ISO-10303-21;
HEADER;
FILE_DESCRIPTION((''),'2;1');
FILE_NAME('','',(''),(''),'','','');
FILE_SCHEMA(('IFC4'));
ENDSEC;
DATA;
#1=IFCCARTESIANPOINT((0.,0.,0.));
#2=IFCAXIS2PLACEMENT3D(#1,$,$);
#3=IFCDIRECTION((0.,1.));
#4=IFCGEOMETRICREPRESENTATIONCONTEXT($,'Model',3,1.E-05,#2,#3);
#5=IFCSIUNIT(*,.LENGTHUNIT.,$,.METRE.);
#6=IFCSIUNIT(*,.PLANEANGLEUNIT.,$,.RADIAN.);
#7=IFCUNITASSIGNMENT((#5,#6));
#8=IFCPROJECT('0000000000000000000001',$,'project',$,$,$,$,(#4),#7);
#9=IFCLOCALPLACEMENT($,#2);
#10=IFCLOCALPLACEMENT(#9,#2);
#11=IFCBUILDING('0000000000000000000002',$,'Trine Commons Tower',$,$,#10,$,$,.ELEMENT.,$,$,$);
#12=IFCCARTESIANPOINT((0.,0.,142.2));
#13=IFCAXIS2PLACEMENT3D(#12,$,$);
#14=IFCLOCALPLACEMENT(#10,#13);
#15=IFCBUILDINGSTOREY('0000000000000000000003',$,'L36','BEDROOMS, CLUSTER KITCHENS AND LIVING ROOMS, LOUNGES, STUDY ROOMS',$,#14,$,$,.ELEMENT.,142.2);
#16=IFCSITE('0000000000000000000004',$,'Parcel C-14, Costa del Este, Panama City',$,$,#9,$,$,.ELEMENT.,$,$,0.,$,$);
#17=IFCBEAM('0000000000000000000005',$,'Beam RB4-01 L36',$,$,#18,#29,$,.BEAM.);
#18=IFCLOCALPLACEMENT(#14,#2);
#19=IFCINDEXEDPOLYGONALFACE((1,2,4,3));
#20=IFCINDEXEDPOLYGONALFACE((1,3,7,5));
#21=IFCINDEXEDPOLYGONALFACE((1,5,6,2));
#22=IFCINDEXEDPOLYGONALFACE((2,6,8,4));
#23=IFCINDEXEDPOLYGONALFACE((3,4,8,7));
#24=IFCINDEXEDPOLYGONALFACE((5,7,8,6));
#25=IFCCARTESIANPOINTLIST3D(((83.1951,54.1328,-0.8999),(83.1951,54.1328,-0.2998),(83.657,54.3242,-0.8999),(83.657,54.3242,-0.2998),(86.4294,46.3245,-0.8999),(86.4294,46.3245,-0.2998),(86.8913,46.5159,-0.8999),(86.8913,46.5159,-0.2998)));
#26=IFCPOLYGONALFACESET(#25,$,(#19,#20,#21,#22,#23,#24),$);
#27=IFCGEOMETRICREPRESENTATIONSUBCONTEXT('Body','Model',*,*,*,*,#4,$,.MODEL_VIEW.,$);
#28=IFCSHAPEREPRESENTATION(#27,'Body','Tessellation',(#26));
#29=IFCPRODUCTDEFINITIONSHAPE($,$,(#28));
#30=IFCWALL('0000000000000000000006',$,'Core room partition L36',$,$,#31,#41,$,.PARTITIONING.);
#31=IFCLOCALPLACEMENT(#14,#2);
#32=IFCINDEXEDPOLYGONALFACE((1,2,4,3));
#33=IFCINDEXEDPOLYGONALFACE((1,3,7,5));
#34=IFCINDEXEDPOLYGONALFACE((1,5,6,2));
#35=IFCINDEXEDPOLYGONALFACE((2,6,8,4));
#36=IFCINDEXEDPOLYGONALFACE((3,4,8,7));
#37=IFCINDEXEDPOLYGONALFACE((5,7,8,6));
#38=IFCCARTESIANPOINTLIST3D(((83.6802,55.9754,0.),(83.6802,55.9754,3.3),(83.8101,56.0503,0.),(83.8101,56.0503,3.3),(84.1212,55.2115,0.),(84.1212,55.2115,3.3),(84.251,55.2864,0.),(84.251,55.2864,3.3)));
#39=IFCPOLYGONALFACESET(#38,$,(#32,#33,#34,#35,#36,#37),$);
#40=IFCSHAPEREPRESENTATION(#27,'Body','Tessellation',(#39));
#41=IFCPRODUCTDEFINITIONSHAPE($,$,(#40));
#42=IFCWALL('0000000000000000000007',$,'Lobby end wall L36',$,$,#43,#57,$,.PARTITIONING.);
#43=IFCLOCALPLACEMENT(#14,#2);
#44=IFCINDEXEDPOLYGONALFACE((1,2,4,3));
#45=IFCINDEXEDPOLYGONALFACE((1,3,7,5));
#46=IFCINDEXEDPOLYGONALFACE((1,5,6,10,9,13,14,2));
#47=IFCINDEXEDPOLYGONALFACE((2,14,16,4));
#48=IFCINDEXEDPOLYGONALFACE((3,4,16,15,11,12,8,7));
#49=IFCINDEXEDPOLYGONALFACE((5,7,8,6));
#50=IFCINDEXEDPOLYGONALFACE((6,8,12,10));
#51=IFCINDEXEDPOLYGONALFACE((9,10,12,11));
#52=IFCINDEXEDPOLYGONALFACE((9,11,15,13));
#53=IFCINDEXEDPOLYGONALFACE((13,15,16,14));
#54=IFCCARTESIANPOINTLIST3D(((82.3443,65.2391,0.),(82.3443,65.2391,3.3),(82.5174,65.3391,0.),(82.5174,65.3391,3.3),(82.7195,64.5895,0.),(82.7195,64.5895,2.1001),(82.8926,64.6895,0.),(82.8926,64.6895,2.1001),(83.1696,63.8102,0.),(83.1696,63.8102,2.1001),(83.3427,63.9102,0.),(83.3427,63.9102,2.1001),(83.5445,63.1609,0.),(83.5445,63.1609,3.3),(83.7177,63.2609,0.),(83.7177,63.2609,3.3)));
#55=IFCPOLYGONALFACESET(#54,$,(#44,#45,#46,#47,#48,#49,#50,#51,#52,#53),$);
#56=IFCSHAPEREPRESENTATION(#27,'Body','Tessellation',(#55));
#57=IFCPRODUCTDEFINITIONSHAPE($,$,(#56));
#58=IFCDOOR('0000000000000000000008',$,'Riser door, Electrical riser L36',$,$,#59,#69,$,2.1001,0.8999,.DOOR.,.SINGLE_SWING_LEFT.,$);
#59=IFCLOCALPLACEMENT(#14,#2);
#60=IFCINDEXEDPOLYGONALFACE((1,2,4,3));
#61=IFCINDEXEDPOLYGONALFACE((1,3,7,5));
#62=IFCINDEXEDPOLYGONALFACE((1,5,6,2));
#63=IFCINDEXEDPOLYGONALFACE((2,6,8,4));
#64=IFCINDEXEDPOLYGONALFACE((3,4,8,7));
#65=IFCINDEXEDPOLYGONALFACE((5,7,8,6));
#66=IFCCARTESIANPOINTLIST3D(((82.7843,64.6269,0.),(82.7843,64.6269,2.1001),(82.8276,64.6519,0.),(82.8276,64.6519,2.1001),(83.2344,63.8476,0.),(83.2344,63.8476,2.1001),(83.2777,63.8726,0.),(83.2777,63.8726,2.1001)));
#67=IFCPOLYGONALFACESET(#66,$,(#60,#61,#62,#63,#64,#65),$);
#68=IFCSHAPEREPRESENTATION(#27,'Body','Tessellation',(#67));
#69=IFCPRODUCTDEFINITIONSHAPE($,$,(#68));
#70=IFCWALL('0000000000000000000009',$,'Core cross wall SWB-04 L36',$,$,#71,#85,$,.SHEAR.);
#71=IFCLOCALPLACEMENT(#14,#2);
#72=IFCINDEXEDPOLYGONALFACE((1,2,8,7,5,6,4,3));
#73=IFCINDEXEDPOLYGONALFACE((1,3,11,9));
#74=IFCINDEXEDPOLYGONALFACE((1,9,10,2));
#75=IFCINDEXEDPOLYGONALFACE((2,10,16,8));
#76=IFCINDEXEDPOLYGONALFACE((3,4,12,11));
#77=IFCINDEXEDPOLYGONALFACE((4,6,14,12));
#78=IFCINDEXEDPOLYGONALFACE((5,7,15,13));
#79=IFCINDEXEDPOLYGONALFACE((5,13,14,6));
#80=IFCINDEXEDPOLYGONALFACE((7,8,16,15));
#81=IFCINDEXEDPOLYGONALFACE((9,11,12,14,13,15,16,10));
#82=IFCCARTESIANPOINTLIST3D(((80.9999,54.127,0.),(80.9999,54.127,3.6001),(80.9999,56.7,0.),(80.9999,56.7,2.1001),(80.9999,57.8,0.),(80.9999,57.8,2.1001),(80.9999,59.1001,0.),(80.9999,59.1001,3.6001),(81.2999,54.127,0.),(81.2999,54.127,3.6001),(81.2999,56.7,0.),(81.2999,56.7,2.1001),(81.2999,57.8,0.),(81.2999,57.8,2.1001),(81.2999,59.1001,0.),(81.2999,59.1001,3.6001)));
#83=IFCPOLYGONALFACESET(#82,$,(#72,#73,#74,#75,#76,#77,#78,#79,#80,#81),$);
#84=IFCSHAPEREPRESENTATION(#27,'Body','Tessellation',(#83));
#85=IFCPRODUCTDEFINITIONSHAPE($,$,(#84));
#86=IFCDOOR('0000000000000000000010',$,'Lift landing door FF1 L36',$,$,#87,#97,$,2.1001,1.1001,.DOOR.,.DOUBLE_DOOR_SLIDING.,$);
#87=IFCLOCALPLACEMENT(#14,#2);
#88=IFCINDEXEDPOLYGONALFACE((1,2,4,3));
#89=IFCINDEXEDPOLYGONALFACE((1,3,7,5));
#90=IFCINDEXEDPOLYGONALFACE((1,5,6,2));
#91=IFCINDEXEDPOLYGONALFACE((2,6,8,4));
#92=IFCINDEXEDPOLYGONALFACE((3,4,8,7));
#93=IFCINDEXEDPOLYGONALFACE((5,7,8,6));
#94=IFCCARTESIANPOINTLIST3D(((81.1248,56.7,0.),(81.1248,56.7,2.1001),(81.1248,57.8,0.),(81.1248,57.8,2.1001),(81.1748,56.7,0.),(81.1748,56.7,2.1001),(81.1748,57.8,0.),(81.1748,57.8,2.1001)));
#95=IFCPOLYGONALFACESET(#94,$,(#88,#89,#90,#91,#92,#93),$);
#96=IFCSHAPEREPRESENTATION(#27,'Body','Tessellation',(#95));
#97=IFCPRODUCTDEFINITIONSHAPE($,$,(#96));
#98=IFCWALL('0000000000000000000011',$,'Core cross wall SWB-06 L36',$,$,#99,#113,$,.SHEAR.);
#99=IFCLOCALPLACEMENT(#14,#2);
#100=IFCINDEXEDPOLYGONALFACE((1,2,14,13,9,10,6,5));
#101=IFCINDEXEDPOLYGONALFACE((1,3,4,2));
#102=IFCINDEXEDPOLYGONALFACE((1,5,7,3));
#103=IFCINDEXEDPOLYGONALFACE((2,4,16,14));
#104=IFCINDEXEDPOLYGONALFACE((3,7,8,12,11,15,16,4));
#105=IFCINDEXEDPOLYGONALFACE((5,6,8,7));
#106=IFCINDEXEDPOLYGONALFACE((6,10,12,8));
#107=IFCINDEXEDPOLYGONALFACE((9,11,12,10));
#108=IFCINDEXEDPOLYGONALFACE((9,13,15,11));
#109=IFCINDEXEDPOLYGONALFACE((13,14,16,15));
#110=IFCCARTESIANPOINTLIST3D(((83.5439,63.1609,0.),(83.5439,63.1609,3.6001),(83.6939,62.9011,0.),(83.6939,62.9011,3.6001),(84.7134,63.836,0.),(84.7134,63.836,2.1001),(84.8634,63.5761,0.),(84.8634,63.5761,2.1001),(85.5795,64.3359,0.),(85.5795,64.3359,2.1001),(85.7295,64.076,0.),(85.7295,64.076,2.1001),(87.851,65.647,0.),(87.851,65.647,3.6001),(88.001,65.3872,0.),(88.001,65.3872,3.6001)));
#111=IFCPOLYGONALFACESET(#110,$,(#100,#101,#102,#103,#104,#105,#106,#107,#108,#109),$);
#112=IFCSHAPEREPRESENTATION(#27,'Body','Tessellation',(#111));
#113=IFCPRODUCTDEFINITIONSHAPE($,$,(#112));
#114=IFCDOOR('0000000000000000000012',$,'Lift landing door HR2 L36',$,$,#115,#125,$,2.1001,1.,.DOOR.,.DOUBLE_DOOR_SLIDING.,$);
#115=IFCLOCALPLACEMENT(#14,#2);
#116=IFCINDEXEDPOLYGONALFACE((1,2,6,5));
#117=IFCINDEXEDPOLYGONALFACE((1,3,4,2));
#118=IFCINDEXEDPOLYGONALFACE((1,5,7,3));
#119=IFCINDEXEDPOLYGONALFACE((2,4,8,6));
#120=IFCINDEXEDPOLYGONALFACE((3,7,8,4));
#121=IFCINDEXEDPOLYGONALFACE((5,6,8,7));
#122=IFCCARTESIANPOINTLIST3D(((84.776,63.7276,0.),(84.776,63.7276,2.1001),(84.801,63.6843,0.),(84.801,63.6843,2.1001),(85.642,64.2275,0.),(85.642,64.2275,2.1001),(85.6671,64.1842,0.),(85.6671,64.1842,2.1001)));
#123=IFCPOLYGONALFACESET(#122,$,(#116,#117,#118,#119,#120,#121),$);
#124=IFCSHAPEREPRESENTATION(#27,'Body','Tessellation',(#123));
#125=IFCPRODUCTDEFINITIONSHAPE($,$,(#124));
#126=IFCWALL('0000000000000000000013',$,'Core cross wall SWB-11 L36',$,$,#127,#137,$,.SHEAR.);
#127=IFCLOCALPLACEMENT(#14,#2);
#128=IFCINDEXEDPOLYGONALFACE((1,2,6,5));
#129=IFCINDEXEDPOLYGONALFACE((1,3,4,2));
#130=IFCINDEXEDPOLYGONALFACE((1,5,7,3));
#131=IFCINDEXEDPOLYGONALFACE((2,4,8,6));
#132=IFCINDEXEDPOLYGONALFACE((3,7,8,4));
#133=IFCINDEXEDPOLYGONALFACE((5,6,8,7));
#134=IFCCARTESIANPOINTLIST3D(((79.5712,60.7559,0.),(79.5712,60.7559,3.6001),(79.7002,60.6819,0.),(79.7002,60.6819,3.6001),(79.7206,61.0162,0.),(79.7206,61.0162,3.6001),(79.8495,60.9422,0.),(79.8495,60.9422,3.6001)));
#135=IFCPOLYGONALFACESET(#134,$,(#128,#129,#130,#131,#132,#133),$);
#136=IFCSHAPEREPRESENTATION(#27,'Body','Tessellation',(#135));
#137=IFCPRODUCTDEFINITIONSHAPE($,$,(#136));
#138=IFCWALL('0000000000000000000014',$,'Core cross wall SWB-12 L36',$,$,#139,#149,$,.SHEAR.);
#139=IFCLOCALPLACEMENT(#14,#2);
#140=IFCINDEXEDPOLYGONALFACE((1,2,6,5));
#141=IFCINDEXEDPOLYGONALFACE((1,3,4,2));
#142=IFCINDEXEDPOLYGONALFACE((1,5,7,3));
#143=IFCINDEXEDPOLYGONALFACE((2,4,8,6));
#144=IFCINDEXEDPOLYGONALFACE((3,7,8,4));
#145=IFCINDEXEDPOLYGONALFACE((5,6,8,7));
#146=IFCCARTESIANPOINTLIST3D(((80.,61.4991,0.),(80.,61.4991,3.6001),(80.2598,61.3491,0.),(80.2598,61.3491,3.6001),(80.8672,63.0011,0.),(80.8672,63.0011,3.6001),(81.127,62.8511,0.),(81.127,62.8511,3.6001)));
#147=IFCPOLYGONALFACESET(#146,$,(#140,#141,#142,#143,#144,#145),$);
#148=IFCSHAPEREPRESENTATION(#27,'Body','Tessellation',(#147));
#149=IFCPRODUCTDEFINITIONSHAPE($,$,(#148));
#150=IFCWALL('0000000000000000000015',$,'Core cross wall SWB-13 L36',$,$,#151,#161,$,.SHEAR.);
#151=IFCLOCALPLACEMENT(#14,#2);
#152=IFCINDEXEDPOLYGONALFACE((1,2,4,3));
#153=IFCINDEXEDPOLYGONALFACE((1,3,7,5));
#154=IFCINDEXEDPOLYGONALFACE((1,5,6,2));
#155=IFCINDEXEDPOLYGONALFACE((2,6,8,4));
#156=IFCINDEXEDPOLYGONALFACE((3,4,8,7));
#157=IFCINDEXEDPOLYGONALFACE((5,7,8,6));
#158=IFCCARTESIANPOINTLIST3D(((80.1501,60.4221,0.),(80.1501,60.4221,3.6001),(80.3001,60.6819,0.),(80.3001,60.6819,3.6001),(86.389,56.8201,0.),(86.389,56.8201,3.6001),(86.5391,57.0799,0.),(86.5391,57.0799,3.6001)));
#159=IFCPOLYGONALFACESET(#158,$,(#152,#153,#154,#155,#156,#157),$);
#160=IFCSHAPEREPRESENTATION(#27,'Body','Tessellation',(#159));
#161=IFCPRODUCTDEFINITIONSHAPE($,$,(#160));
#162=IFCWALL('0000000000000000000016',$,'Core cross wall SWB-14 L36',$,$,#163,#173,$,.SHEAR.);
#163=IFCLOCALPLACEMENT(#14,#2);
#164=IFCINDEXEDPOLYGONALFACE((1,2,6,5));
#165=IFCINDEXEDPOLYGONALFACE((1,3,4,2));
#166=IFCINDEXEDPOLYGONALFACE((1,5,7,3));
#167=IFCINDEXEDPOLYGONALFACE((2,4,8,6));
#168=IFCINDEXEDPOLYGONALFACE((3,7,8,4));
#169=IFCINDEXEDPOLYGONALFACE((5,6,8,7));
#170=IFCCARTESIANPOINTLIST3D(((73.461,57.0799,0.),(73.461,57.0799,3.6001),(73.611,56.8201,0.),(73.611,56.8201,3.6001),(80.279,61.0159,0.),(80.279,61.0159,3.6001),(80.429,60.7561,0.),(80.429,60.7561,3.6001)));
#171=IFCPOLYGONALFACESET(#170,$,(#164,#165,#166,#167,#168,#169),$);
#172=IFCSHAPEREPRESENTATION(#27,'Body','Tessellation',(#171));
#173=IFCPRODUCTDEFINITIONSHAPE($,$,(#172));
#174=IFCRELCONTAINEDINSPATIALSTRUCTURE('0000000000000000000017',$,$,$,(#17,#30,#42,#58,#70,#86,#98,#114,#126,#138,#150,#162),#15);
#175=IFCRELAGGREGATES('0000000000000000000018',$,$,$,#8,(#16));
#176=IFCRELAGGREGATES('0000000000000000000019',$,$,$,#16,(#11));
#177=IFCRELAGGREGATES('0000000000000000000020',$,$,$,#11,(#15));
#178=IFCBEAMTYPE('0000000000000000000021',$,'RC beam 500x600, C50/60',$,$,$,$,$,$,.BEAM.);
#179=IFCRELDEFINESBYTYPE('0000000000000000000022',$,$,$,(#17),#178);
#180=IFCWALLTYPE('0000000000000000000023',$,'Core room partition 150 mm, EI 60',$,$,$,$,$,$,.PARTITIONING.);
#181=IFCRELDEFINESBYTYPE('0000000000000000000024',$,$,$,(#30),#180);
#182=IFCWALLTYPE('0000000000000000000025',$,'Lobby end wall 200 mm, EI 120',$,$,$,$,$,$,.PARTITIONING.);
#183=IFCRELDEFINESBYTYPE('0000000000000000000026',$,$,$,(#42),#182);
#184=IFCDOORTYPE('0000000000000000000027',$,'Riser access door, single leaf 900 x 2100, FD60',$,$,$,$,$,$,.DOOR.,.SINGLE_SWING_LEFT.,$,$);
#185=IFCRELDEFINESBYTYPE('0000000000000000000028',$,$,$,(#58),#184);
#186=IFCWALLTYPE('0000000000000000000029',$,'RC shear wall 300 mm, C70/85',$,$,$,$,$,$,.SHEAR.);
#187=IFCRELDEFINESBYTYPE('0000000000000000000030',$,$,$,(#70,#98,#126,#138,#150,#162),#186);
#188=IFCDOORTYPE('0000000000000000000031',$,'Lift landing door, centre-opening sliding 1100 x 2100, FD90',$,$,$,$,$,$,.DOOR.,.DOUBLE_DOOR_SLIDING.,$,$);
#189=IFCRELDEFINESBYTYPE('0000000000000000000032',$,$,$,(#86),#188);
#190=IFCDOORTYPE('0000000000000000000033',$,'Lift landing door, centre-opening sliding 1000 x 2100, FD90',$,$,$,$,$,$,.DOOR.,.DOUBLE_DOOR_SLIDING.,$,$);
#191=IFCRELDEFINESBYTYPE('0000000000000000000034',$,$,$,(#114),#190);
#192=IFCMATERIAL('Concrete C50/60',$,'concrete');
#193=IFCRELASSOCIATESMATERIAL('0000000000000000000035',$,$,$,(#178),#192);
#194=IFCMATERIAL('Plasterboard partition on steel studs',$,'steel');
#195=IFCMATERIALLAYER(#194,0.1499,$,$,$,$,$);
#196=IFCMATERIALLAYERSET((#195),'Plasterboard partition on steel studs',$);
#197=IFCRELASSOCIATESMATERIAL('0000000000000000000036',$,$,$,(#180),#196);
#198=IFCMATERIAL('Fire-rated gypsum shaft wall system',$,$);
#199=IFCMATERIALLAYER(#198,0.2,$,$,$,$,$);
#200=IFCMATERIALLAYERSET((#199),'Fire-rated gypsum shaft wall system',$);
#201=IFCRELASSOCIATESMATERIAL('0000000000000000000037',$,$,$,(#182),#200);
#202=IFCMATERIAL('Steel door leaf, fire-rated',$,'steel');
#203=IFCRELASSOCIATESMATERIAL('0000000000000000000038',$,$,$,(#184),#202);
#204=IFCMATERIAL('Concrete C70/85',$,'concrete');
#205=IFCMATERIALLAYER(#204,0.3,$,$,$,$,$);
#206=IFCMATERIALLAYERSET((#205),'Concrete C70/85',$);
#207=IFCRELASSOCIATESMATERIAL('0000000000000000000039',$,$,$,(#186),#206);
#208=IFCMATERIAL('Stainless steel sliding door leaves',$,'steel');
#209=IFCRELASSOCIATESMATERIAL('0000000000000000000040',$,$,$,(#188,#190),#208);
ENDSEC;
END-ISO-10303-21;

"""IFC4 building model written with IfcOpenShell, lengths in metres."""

from ifc_helpers import new_model, si_unit, direction, frame, frame_2d, origin, origin_2d, place, context, subcontext, project, spatial, rectangle, extrude, material, layer, layer_set, material_profile, profile_set, type_object, element, fill, save


model = new_model("IFC4")

# Units and contexts
model_context = context("Model", 3, precision=1e-05, world=origin(), true_north=direction((0.0, 1.0)))
body_context = subcontext(model_context, "Body", "Model", "MODEL_VIEW")
ifc_project = project(units=[si_unit("LENGTHUNIT", "METRE"), si_unit("PLANEANGLEUNIT", "RADIAN")], contexts=[model_context])

# Site, building, storey
site_placement = place(None, origin())
site = spatial("IfcSite", under=ifc_project, at=site_placement, Name="Parcel C-14, Costa del Este, Panama City", CompositionType="ELEMENT", RefElevation=0.0)
building_placement = place(site_placement, origin())
building = spatial("IfcBuilding", under=site, at=building_placement, Name="Trine Commons Tower", CompositionType="ELEMENT")
storey_placement = place(building_placement, frame((0.0, 0.0, 142.2)))
storey = spatial("IfcBuildingStorey", under=building, at=storey_placement, Name="L36", Description="BEDROOMS, CLUSTER KITCHENS AND LIVING ROOMS, LOUNGES, STUDY ROOMS", CompositionType="ELEMENT", Elevation=142.2)

# Beam
ifc_material_1 = material(Name="Concrete C50/60", Category="concrete")
ifc_material_profile = material_profile(ifc_material_1, rectangle(XDim=0.5, YDim=0.6001, at=origin_2d()), Name="RC 500x600")
ifc_profile_set = profile_set([ifc_material_profile], Name="Concrete C50/60")
beam_type = type_object("IfcBeamType", Name="RC beam 500x600, C50/60", PredefinedType="BEAM", material=ifc_profile_set)
beam_placement = place(storey_placement, frame((83.426, 54.2285, -0.5999), z_axis=(0.382689, -0.923877, 0.0), x_axis=(0.923877, 0.382689, 0.0)))
element("IfcBeam", 1, at=beam_placement, inside=storey, type_object=beam_type, Name="Beam RB4-01 L36", PredefinedType="BEAM", context=body_context, shape_type="SweptSolid", body=[
    extrude(rectangle(XDim=0.5, YDim=0.6001, at=origin_2d()), origin(), (0.0, 0.0, 1.0), 8.4517),
])

# Wall
ifc_material_2 = material(Name="Plasterboard partition on steel studs", Category="steel")
ifc_layer_1 = layer(ifc_material_2, 0.1499)
ifc_layer_set_1 = layer_set([ifc_layer_1], Name="Plasterboard partition on steel studs")
wall_type_1 = type_object("IfcWallType", Name="Core room partition 150 mm, EI 60", PredefinedType="PARTITIONING", material=ifc_layer_set_1)
wall_1_placement = place(storey_placement, frame((84.186, 55.249, 0.0), z_axis=(0.0, 0.0, 1.0), x_axis=(-0.49989, 0.866089, 0.0)))
element("IfcWall", 2, at=wall_1_placement, inside=storey, type_object=wall_type_1, Name="Core room partition L36", PredefinedType="PARTITIONING", context=body_context, shape_type="SweptSolid", body=[
    extrude(rectangle(XDim=0.8821, YDim=0.1499, at=frame_2d((0.4409, 0.0))), origin(), (0.0, 0.0, 1.0), 3.3),
])

# Walls, openings, doors
ifc_material_3 = material(Name="Fire-rated gypsum shaft wall system")
ifc_layer_2 = layer(ifc_material_3, 0.2)
ifc_layer_set_2 = layer_set([ifc_layer_2], Name="Fire-rated gypsum shaft wall system")
wall_type_2 = type_object("IfcWallType", Name="Lobby end wall 200 mm, EI 120", PredefinedType="PARTITIONING", material=ifc_layer_set_2)
wall_2_placement = place(storey_placement, frame((83.6311, 63.2109, 0.0), z_axis=(0.0, 0.0, 1.0), x_axis=(-0.500122, 0.865955, 0.0)))
wall_2 = element("IfcWall", 3, at=wall_2_placement, inside=storey, type_object=wall_type_2, Name="Lobby end wall L36", PredefinedType="PARTITIONING", context=body_context, shape_type="SweptSolid", body=[
    extrude(rectangle(XDim=2.3999, YDim=0.2, at=frame_2d((1.2, 0.0))), origin(), (0.0, 0.0, 1.0), 3.3),
])
opening_1_placement = place(wall_2_placement, frame((0.7498, 0.0, 0.0)))
opening_1 = element("IfcOpeningElement", 4, at=opening_1_placement, cuts=wall_2, PredefinedType="OPENING", context=body_context, shape_type="SweptSolid", body=[
    extrude(rectangle(XDim=0.8999, YDim=2.1001, at=frame_2d((0.45, 1.05))), frame((0.0, 0.1099, 0.0), z_axis=(0.0, -1.0, 0.0), x_axis=(1.0, 0.0, 0.0)), (0.0, 0.0, 1.0), 0.22),
])
ifc_material_4 = material(Name="Steel door leaf, fire-rated", Category="steel")
door_type_1 = type_object("IfcDoorType", Name="Riser access door, single leaf 900 x 2100, FD60", OperationType="SINGLE_SWING_LEFT", PredefinedType="DOOR", material=ifc_material_4)
door_1_placement = place(opening_1_placement, frame((0.8999, 0.0, 0.0), z_axis=(0.0, 0.0, 1.0), x_axis=(-1.0, 0.0, 0.0)))
door_1 = element("IfcDoor", 5, at=door_1_placement, inside=storey, type_object=door_type_1, Name="Riser door, Electrical riser L36", OperationType="SINGLE_SWING_LEFT", OverallHeight=2.1001, OverallWidth=0.8999, PredefinedType="DOOR", context=body_context, shape_type="SweptSolid", body=[
    extrude(rectangle(XDim=0.8999, YDim=2.1001, at=frame_2d((0.45, 1.05))), frame((0.0, 0.0249, 0.0), z_axis=(0.0, -1.0, 0.0), x_axis=(1.0, 0.0, 0.0)), (0.0, 0.0, 1.0), 0.05),
])
fill(opening_1, door_1)
ifc_material_5 = material(Name="Concrete C70/85", Category="concrete")
ifc_layer_3 = layer(ifc_material_5, 0.3)
ifc_layer_set_3 = layer_set([ifc_layer_3], Name="Concrete C70/85")
wall_type_3 = type_object("IfcWallType", Name="RC shear wall 300 mm, C70/85", PredefinedType="SHEAR", material=ifc_layer_set_3)
wall_3_placement = place(storey_placement, frame((81.1499, 59.1001, 0.0), z_axis=(0.0, 0.0, 1.0), x_axis=(0.0, -1.0, 0.0)))
wall_3 = element("IfcWall", 6, at=wall_3_placement, inside=storey, type_object=wall_type_3, Name="Core cross wall SWB-04 L36", PredefinedType="SHEAR", context=body_context, shape_type="SweptSolid", body=[
    extrude(rectangle(XDim=4.9731, YDim=0.3, at=frame_2d((2.4866, 0.0))), origin(), (0.0, 0.0, 1.0), 3.6001),
])
opening_2_placement = place(wall_3_placement, frame((1.3, 0.0, 0.0)))
opening_2 = element("IfcOpeningElement", 7, at=opening_2_placement, cuts=wall_3, PredefinedType="OPENING", context=body_context, shape_type="SweptSolid", body=[
    extrude(rectangle(XDim=1.1001, YDim=2.1001, at=frame_2d((0.55, 1.05))), frame((0.0, 0.1599, 0.0), z_axis=(0.0, -1.0, 0.0), x_axis=(1.0, 0.0, 0.0)), (0.0, 0.0, 1.0), 0.3201),
])
ifc_material_6 = material(Name="Stainless steel sliding door leaves", Category="steel")
door_type_2 = type_object("IfcDoorType", Name="Lift landing door, centre-opening sliding 1100 x 2100, FD90", OperationType="DOUBLE_DOOR_SLIDING", PredefinedType="DOOR", material=ifc_material_6)
door_2_placement = place(opening_2_placement, origin())
door_2 = element("IfcDoor", 8, at=door_2_placement, inside=storey, type_object=door_type_2, Name="Lift landing door FF1 L36", OperationType="DOUBLE_DOOR_SLIDING", OverallHeight=2.1001, OverallWidth=1.1001, PredefinedType="DOOR", context=body_context, shape_type="SweptSolid", body=[
    extrude(rectangle(XDim=1.1001, YDim=2.1001, at=frame_2d((0.55, 1.05))), frame((0.0, 0.0249, 0.0), z_axis=(0.0, -1.0, 0.0), x_axis=(1.0, 0.0, 0.0)), (0.0, 0.0, 1.0), 0.05),
])
fill(opening_2, door_2)
wall_4_placement = place(storey_placement, frame((83.6189, 63.031, 0.0), z_axis=(0.0, 0.0, 1.0), x_axis=(0.866081, 0.499904, 0.0)))
wall_4 = element("IfcWall", 9, at=wall_4_placement, inside=storey, type_object=wall_type_3, Name="Core cross wall SWB-06 L36", PredefinedType="SHEAR", context=body_context, shape_type="SweptSolid", body=[
    extrude(rectangle(XDim=4.9731, YDim=0.3, at=frame_2d((2.4866, 0.0))), origin(), (0.0, 0.0, 1.0), 3.6001),
])
opening_3_placement = place(wall_4_placement, frame((1.3503, 0.0, 0.0)))
opening_3 = element("IfcOpeningElement", 10, at=opening_3_placement, cuts=wall_4, PredefinedType="OPENING", context=body_context, shape_type="SweptSolid", body=[
    extrude(rectangle(XDim=1.0, YDim=2.1001, at=frame_2d((0.5, 1.05))), frame((0.0, 0.1599, 0.0), z_axis=(0.0, -1.0, 0.0), x_axis=(1.0, 0.0, 0.0)), (0.0, 0.0, 1.0), 0.3201),
])
door_type_3 = type_object("IfcDoorType", Name="Lift landing door, centre-opening sliding 1000 x 2100, FD90", OperationType="DOUBLE_DOOR_SLIDING", PredefinedType="DOOR", material=ifc_material_6)
door_3_placement = place(opening_3_placement, origin())
door_3 = element("IfcDoor", 11, at=door_3_placement, inside=storey, type_object=door_type_3, Name="Lift landing door HR2 L36", OperationType="DOUBLE_DOOR_SLIDING", OverallHeight=2.1001, OverallWidth=1.0, PredefinedType="DOOR", context=body_context, shape_type="SweptSolid", body=[
    extrude(rectangle(XDim=1.0, YDim=2.1001, at=frame_2d((0.5, 1.05))), frame((0.0, 0.0249, 0.0), z_axis=(0.0, -1.0, 0.0), x_axis=(1.0, 0.0, 0.0)), (0.0, 0.0, 1.0), 0.05),
])
fill(opening_3, door_3)

# Walls
wall_5_placement = place(storey_placement, frame((79.646, 60.886, 0.0), z_axis=(0.0, 0.0, 1.0), x_axis=(0.867332, -0.49773, 0.0)))
element("IfcWall", 12, at=wall_5_placement, inside=storey, type_object=wall_type_3, Name="Core cross wall SWB-11 L36", PredefinedType="SHEAR", context=body_context, shape_type="SweptSolid", body=[
    extrude(rectangle(XDim=0.1487, YDim=0.3, at=frame_2d((0.0742, 0.0))), origin(), (0.0, 0.0, 1.0), 3.6001),
])
wall_6_placement = place(storey_placement, frame((80.1299, 61.4241, 0.0), z_axis=(0.0, 0.0, 1.0), x_axis=(0.500015, 0.866017, 0.0)))
element("IfcWall", 13, at=wall_6_placement, inside=storey, type_object=wall_type_3, Name="Core cross wall SWB-12 L36", PredefinedType="SHEAR", context=body_context, shape_type="SweptSolid", body=[
    extrude(rectangle(XDim=1.7344, YDim=0.3, at=frame_2d((0.8672, 0.0))), origin(), (0.0, 0.0, 1.0), 3.6001),
])
wall_7_placement = place(storey_placement, frame((80.2251, 60.552, 0.0), z_axis=(0.0, 0.0, 1.0), x_axis=(0.866028, -0.499995, 0.0)))
element("IfcWall", 14, at=wall_7_placement, inside=storey, type_object=wall_type_3, Name="Core cross wall SWB-13 L36", PredefinedType="SHEAR", context=body_context, shape_type="SweptSolid", body=[
    extrude(rectangle(XDim=7.2041, YDim=0.3, at=frame_2d((3.6021, 0.0))), origin(), (0.0, 0.0, 1.0), 3.6001),
])
wall_8_placement = place(storey_placement, frame((80.354, 60.886, 0.0), z_axis=(0.0, 0.0, 1.0), x_axis=(-0.866048, -0.499961, 0.0)))
element("IfcWall", 15, at=wall_8_placement, inside=storey, type_object=wall_type_3, Name="Core cross wall SWB-14 L36", PredefinedType="SHEAR", context=body_context, shape_type="SweptSolid", body=[
    extrude(rectangle(XDim=7.8726, YDim=0.3, at=frame_2d((3.9363, 0.0))), origin(), (0.0, 0.0, 1.0), 3.6001),
])

save(model, "model.ifc")
